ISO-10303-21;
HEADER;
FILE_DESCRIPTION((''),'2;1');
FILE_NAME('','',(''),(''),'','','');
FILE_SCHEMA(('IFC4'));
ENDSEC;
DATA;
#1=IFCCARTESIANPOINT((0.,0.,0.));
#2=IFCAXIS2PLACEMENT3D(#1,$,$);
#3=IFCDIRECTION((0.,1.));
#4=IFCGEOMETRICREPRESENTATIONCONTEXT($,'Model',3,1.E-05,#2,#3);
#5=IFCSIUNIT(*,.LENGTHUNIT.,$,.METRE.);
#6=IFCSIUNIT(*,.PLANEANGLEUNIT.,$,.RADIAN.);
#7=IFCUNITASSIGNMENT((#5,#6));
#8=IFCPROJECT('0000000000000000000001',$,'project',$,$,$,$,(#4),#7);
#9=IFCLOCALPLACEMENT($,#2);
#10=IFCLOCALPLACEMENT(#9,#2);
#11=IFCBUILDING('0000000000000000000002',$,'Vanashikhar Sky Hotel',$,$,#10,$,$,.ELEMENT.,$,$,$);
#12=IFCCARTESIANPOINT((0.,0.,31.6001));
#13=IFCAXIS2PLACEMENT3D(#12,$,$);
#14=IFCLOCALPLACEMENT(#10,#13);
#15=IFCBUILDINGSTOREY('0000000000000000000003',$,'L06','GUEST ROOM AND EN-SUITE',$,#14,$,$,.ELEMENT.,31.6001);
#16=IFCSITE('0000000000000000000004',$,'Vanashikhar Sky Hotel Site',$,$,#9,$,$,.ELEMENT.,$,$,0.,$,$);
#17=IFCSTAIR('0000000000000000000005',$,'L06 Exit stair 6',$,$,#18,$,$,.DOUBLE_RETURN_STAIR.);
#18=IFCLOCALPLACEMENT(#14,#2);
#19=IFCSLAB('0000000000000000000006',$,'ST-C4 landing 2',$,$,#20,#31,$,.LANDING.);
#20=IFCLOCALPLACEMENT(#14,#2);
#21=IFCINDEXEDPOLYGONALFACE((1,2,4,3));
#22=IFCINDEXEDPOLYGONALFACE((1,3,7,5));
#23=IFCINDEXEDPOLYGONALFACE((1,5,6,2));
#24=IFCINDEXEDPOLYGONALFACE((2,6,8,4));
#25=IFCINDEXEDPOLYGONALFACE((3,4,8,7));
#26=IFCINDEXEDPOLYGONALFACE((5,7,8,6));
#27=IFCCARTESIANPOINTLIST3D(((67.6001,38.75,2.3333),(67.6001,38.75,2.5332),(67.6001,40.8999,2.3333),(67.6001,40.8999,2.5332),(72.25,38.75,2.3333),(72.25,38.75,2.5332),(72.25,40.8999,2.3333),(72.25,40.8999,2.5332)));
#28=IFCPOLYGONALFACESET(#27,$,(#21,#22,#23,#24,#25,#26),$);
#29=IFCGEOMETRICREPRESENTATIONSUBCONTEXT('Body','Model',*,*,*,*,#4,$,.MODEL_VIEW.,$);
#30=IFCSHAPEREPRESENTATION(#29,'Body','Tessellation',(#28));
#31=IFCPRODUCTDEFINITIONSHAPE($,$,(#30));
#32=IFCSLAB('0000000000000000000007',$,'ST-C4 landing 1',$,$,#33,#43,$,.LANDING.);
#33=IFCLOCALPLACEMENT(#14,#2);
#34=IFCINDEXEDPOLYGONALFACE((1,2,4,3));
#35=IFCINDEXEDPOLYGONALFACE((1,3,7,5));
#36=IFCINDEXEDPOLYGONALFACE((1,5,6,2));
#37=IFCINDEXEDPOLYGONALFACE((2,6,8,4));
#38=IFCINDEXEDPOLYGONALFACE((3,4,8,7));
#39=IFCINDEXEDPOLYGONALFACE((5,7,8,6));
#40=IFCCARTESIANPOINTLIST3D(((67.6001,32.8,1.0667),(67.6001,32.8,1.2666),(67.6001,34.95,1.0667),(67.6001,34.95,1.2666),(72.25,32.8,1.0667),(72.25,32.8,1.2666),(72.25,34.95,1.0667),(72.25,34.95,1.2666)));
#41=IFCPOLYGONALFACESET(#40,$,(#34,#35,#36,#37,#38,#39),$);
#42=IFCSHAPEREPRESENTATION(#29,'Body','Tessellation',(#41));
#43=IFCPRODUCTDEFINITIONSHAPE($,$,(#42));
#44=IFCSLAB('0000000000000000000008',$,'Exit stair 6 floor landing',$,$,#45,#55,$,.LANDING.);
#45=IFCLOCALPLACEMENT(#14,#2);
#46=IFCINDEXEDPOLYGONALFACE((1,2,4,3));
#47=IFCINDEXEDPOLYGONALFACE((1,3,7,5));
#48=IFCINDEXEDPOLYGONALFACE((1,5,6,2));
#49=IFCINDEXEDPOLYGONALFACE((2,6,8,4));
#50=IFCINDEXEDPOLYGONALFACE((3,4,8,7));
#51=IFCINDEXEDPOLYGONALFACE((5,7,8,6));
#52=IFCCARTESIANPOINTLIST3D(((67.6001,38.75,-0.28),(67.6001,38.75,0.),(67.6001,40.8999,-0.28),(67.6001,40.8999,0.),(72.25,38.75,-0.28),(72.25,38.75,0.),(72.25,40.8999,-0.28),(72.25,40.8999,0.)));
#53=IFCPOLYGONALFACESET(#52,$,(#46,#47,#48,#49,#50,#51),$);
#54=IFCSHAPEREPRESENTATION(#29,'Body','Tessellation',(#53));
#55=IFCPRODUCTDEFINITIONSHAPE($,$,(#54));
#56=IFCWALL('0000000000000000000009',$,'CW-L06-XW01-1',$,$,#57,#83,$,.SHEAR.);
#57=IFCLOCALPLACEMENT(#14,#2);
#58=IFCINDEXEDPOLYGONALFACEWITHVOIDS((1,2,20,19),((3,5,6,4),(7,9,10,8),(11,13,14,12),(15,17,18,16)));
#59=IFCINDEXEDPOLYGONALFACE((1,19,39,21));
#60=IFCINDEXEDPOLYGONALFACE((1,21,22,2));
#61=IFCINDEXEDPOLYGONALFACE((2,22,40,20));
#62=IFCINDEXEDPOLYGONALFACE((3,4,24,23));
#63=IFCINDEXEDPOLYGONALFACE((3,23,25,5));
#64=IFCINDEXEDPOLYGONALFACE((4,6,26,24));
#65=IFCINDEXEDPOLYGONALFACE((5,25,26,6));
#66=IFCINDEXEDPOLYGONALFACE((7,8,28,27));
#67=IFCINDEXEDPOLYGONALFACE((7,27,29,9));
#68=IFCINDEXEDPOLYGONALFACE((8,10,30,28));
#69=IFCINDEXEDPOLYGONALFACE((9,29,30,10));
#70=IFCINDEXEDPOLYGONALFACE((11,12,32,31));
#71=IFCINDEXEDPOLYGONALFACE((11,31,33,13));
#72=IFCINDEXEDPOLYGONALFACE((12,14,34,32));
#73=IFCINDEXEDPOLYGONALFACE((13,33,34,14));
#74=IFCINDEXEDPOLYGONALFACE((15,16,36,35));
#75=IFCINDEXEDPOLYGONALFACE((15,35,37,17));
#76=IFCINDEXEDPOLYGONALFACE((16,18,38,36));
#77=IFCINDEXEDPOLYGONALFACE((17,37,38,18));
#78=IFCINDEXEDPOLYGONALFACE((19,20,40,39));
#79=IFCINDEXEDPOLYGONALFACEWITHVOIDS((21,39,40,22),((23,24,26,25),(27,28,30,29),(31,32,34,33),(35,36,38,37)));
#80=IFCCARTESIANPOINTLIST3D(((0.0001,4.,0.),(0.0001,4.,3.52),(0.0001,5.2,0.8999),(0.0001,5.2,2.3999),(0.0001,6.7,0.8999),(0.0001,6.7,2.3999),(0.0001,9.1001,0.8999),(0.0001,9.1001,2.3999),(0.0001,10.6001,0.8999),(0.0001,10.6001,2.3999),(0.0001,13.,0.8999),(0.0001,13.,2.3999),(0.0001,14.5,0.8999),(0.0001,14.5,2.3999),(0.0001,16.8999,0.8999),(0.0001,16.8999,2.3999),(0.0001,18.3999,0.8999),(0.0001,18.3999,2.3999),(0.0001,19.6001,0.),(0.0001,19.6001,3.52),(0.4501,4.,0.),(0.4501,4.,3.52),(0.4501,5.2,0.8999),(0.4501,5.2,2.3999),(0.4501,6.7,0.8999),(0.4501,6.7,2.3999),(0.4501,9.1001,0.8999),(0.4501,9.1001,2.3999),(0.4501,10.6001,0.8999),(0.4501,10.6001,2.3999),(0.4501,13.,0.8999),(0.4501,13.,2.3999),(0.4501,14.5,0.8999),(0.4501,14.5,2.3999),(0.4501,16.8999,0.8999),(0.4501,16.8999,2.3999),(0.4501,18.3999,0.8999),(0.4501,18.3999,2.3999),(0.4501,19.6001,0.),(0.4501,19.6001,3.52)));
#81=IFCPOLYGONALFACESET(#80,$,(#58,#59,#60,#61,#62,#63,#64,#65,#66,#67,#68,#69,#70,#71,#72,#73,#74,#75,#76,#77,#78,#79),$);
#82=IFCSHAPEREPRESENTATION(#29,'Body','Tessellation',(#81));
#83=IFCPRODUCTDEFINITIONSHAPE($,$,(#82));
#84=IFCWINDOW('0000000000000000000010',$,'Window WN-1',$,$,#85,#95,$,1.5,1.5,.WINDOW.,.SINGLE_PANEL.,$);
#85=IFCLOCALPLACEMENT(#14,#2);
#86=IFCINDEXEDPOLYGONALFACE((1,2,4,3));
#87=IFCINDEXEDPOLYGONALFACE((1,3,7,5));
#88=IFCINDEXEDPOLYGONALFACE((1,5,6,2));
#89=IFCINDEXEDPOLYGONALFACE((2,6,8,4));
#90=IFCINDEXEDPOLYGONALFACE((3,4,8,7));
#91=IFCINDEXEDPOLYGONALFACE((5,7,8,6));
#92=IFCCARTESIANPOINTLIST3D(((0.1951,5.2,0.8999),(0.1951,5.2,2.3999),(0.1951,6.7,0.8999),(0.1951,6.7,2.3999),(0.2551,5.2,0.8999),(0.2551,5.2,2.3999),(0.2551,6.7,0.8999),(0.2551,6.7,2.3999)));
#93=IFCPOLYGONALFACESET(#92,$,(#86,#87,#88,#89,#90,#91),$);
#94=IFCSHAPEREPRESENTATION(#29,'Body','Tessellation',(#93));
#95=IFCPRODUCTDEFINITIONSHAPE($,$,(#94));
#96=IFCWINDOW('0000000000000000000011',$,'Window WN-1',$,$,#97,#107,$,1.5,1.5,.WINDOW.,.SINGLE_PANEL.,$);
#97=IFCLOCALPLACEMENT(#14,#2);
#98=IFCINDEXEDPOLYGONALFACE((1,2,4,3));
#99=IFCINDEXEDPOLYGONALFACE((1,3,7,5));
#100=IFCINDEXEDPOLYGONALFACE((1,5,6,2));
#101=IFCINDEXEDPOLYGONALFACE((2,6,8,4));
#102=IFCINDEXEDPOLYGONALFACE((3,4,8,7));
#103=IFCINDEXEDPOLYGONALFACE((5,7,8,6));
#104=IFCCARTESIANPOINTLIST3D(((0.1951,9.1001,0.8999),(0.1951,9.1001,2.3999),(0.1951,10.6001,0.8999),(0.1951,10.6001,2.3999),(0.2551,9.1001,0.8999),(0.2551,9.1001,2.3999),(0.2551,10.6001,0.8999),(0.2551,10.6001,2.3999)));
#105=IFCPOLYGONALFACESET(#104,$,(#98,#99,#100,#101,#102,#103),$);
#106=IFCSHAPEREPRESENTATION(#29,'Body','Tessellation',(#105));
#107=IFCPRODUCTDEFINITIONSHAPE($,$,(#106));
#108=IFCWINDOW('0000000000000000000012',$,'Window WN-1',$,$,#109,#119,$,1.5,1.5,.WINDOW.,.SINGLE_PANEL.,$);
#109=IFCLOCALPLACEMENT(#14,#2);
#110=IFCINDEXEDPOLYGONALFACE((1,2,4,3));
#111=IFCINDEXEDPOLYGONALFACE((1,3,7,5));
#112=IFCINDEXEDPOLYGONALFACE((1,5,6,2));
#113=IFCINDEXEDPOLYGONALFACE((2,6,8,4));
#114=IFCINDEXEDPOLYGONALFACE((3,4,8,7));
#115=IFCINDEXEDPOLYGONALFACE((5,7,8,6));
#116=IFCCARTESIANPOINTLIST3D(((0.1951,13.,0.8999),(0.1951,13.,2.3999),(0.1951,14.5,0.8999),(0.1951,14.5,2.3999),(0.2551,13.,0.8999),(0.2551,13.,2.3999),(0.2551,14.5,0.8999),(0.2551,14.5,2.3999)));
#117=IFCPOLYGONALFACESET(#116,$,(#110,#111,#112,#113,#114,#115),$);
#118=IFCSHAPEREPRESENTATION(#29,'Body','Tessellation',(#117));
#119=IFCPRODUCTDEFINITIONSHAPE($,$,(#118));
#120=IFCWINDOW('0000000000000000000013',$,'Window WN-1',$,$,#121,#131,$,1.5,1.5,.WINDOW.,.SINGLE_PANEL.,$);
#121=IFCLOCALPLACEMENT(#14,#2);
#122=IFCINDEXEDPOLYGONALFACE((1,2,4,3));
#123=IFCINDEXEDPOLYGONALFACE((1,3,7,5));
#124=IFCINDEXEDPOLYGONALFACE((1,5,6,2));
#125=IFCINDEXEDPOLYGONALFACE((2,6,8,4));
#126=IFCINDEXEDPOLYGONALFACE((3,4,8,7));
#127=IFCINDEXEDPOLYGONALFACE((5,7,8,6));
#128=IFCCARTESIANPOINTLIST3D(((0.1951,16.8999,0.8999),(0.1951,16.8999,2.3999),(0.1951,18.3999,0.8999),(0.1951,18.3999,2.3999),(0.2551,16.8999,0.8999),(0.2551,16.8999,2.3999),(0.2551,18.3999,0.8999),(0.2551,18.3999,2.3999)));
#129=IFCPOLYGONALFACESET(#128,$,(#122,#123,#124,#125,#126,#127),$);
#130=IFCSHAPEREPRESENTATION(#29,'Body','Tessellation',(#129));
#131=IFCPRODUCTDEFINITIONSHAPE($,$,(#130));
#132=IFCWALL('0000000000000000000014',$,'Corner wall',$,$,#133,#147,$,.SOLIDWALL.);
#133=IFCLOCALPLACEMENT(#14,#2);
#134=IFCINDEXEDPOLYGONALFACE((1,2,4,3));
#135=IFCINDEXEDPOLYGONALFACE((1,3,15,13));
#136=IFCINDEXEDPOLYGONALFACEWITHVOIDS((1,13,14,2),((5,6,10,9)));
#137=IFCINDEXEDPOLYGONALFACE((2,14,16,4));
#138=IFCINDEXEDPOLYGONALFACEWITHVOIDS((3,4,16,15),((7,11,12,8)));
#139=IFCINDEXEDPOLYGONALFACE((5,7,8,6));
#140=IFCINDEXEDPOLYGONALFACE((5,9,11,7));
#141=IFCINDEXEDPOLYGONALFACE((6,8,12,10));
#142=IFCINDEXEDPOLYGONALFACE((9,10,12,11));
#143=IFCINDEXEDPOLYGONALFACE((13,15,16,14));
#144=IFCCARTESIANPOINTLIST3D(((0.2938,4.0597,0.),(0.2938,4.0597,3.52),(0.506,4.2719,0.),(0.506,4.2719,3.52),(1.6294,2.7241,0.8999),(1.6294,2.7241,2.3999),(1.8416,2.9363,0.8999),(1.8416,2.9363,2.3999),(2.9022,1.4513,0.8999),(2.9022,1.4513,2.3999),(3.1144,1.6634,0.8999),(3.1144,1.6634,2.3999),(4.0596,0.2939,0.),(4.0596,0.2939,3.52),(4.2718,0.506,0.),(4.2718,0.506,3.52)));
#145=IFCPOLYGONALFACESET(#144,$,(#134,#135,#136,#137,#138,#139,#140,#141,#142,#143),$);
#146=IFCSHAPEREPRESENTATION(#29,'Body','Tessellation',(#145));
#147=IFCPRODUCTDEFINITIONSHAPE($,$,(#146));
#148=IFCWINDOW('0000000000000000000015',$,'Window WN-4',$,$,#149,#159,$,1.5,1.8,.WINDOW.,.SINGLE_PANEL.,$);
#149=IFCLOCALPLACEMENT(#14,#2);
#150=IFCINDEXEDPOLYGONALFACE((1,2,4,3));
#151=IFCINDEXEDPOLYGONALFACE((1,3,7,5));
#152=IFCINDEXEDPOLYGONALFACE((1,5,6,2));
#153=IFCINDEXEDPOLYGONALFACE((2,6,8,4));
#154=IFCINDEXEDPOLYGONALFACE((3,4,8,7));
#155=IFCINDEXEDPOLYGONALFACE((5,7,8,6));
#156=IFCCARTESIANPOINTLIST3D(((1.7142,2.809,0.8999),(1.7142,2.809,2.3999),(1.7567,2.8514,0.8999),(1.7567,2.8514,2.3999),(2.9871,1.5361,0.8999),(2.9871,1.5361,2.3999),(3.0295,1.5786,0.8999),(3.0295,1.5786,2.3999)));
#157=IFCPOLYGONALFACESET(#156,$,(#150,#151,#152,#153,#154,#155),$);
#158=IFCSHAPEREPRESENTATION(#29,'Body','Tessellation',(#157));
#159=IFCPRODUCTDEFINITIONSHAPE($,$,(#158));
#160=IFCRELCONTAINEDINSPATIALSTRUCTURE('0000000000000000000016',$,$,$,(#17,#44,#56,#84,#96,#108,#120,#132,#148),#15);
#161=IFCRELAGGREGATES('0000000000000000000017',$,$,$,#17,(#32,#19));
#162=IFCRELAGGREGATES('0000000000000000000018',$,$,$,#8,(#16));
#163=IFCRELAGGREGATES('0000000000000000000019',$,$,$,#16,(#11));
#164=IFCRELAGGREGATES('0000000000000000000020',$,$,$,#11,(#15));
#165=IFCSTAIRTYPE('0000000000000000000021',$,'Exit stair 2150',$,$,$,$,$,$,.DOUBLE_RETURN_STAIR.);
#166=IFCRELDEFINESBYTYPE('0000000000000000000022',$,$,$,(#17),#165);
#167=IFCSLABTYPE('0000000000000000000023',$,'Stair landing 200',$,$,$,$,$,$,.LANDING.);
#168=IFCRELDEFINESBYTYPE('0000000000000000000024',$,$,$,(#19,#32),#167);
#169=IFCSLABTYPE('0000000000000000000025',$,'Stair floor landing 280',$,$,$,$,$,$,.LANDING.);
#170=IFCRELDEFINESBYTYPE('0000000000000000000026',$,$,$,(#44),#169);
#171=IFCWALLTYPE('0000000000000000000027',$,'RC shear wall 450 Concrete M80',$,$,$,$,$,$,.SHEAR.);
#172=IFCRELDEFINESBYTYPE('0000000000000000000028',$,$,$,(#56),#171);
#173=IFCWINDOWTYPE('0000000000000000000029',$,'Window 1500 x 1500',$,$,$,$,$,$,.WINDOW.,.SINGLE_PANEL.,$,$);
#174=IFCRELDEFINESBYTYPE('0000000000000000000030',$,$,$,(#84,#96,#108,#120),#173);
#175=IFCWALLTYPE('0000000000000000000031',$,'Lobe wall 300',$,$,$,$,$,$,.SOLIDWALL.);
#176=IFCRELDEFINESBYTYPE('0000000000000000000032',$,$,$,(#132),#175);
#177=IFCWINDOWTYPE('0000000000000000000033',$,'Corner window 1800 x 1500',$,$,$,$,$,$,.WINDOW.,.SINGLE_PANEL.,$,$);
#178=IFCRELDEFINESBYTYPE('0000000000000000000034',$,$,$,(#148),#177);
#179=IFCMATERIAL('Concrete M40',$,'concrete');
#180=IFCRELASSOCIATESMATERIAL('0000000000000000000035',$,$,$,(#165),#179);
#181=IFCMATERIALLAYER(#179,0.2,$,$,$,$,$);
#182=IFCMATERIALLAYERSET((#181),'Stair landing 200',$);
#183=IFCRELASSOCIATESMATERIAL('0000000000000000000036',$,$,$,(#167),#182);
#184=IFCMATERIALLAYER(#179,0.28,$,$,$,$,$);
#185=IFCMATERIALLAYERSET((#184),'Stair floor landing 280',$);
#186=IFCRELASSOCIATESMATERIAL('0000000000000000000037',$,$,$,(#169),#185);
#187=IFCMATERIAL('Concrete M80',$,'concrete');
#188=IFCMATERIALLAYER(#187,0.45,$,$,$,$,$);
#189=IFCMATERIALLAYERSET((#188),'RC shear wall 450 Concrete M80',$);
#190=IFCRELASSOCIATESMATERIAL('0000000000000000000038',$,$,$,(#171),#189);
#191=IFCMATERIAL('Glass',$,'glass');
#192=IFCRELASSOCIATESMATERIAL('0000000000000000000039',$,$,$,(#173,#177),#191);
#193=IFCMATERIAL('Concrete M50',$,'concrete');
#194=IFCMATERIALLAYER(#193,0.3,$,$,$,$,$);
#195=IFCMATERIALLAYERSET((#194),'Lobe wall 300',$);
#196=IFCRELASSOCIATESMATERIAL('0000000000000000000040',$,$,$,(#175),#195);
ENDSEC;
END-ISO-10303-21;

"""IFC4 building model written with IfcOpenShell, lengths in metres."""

from ifc_helpers import new_model, si_unit, direction, frame, frame_2d, origin, place, context, subcontext, project, spatial, polyline, rectangle, outline, extrude, source, transform, mapped, material, layer, layer_set, type_object, element, fill, aggregate, save


model = new_model("IFC4")

# Units and contexts
model_context = context("Model", 3, precision=1e-05, world=origin(), true_north=direction((0.0, 1.0)))
body_context = subcontext(model_context, "Body", "Model", "MODEL_VIEW")
ifc_project = project(units=[si_unit("LENGTHUNIT", "METRE"), si_unit("PLANEANGLEUNIT", "RADIAN")], contexts=[model_context])

# Site, building, storey
site_placement = place(None, origin())
site = spatial("IfcSite", under=ifc_project, at=site_placement, Name="Vanashikhar Sky Hotel Site", CompositionType="ELEMENT", RefElevation=0.0)
building_placement = place(site_placement, origin())
building = spatial("IfcBuilding", under=site, at=building_placement, Name="Vanashikhar Sky Hotel", CompositionType="ELEMENT")
storey_placement = place(building_placement, frame((0.0, 0.0, 31.6001)))
storey = spatial("IfcBuildingStorey", under=building, at=storey_placement, Name="L06", Description="GUEST ROOM AND EN-SUITE", CompositionType="ELEMENT", Elevation=31.6001)

# Shared definitions
ifc_material_1 = material(Name="Concrete M40", Category="concrete")

# Shared definitions
stair_type = type_object("IfcStairType", Name="Exit stair 2150", PredefinedType="DOUBLE_RETURN_STAIR", material=ifc_material_1)
ifc_layer_1 = layer(ifc_material_1, 0.2)
ifc_layer_set_1 = layer_set([ifc_layer_1], Name="Stair landing 200")
slab_type_1 = type_object("IfcSlabType", Name="Stair landing 200", PredefinedType="LANDING", material=ifc_layer_set_1)

# Shared definitions
ifc_layer_2 = layer(ifc_material_1, 0.28)
ifc_layer_set_2 = layer_set([ifc_layer_2], Name="Stair floor landing 280")
slab_type_2 = type_object("IfcSlabType", Name="Stair floor landing 280", PredefinedType="LANDING", material=ifc_layer_set_2)

# Stair, slabs
stair_1_placement = place(storey_placement, origin())
stair_1 = element("IfcStair", 1, at=stair_1_placement, inside=storey, type_object=stair_type, Name="L06 Exit stair 6", PredefinedType="DOUBLE_RETURN_STAIR")
shared_shape_1 = source(origin(), body_context, "Body", "SweptSolid", [
    extrude(outline(polyline([(72.25, 38.75), (72.25, 40.8999), (67.6001, 40.8999), (67.6001, 38.75), (72.25, 38.75)])), origin(), (0.0, 0.0, 1.0), 0.2),
])
slab_1_placement = place(storey_placement, frame((0.0, 0.0, 2.3333)))
slab_1 = element("IfcSlab", 2, at=slab_1_placement, type_object=slab_type_1, Name="ST-C4 landing 2", PredefinedType="LANDING", context=body_context, shape_type="MappedRepresentation", body=[
    mapped(shared_shape_1, transform((0.0, 0.0, 0.0), scale=1.0)),
])
shared_shape_2 = source(origin(), body_context, "Body", "SweptSolid", [
    extrude(outline(polyline([(72.25, 32.8), (72.25, 34.95), (67.6001, 34.95), (67.6001, 32.8), (72.25, 32.8)])), origin(), (0.0, 0.0, 1.0), 0.2),
])
slab_2_placement = place(storey_placement, frame((0.0, 0.0, 1.0667)))
slab_2 = element("IfcSlab", 3, at=slab_2_placement, type_object=slab_type_1, Name="ST-C4 landing 1", PredefinedType="LANDING", context=body_context, shape_type="MappedRepresentation", body=[
    mapped(shared_shape_2, transform((0.0, 0.0, 0.0), scale=1.0)),
])
aggregate(stair_1, [slab_2, slab_1])

# Slab
shared_shape_3 = source(origin(), body_context, "Body", "SweptSolid", [
    extrude(outline(polyline([(72.25, 38.75), (72.25, 40.8999), (67.6001, 40.8999), (67.6001, 38.75), (72.25, 38.75)])), origin(), (0.0, 0.0, 1.0), 0.28),
])
slab_3_placement = place(storey_placement, frame((0.0, 0.0, -0.28)))
element("IfcSlab", 4, at=slab_3_placement, inside=storey, type_object=slab_type_2, Name="Exit stair 6 floor landing", PredefinedType="LANDING", context=body_context, shape_type="MappedRepresentation", body=[
    mapped(shared_shape_3, transform((0.0, 0.0, 0.0), scale=1.0)),
])

# Wall, openings, windows
ifc_material_2 = material(Name="Concrete M80", Category="concrete")
ifc_layer_3 = layer(ifc_material_2, 0.45)
ifc_layer_set_3 = layer_set([ifc_layer_3], Name="RC shear wall 450 Concrete M80")
wall_type_1 = type_object("IfcWallType", Name="RC shear wall 450 Concrete M80", PredefinedType="SHEAR", material=ifc_layer_set_3)
shared_shape_4 = source(origin(), body_context, "Body", "SweptSolid", [
    extrude(rectangle(XDim=15.6001, YDim=0.45, at=frame_2d((7.8, 0.0))), origin(), (0.0, 0.0, 1.0), 3.52),
])
wall_1_placement = place(storey_placement, frame((0.2251, 4.0, 0.0), z_axis=(0.0, 0.0, 1.0), x_axis=(0.0, 1.0, 0.0)))
wall_1 = element("IfcWall", 5, at=wall_1_placement, inside=storey, type_object=wall_type_1, Name="CW-L06-XW01-1", PredefinedType="SHEAR", context=body_context, shape_type="MappedRepresentation", body=[
    mapped(shared_shape_4, transform((0.0, 0.0, 0.0), scale=1.0)),
])
shared_shape_5 = source(origin(), body_context, "Body", "SweptSolid", [
    extrude(rectangle(XDim=1.5, YDim=1.5, at=frame_2d((0.75, 0.75))), frame((0.0, 0.2349, 0.0), z_axis=(0.0, -1.0, 0.0), x_axis=(1.0, 0.0, 0.0)), (0.0, 0.0, 1.0), 0.47),
])
opening_1_placement = place(wall_1_placement, frame((1.2, 0.0, 0.8999)))
opening_1 = element("IfcOpeningElement", 6, at=opening_1_placement, cuts=wall_1, PredefinedType="OPENING", context=body_context, shape_type="MappedRepresentation", body=[
    mapped(shared_shape_5, transform((0.0, 0.0, 0.0), scale=1.0)),
])
opening_2_placement = place(wall_1_placement, frame((5.1001, 0.0, 0.8999)))
opening_2 = element("IfcOpeningElement", 7, at=opening_2_placement, cuts=wall_1, PredefinedType="OPENING", context=body_context, shape_type="MappedRepresentation", body=[
    mapped(shared_shape_5, transform((0.0, 0.0, 0.0), scale=1.0)),
])
opening_3_placement = place(wall_1_placement, frame((9.0, 0.0, 0.8999)))
opening_3 = element("IfcOpeningElement", 8, at=opening_3_placement, cuts=wall_1, PredefinedType="OPENING", context=body_context, shape_type="MappedRepresentation", body=[
    mapped(shared_shape_5, transform((0.0, 0.0, 0.0), scale=1.0)),
])
opening_4_placement = place(wall_1_placement, frame((12.8999, 0.0, 0.8999)))
opening_4 = element("IfcOpeningElement", 9, at=opening_4_placement, cuts=wall_1, PredefinedType="OPENING", context=body_context, shape_type="MappedRepresentation", body=[
    mapped(shared_shape_5, transform((0.0, 0.0, 0.0), scale=1.0)),
])
ifc_material_3 = material(Name="Glass", Category="glass")
window_type_1 = type_object("IfcWindowType", Name="Window 1500 x 1500", PartitioningType="SINGLE_PANEL", PredefinedType="WINDOW", material=ifc_material_3)
shared_shape_6 = source(origin(), body_context, "Body", "SweptSolid", [
    extrude(rectangle(XDim=1.5, YDim=1.5, at=frame_2d((0.75, 0.75))), frame((0.0, 0.03, 0.0), z_axis=(0.0, -1.0, 0.0), x_axis=(1.0, 0.0, 0.0)), (0.0, 0.0, 1.0), 0.0601),
])
window_1_placement = place(opening_1_placement, origin())
window_1 = element("IfcWindow", 10, at=window_1_placement, inside=storey, type_object=window_type_1, Name="Window WN-1", OverallHeight=1.5, OverallWidth=1.5, PartitioningType="SINGLE_PANEL", PredefinedType="WINDOW", context=body_context, shape_type="MappedRepresentation", body=[
    mapped(shared_shape_6, transform((0.0, 0.0, 0.0), scale=1.0)),
])
fill(opening_1, window_1)
window_2_placement = place(opening_2_placement, origin())
window_2 = element("IfcWindow", 11, at=window_2_placement, inside=storey, type_object=window_type_1, Name="Window WN-1", OverallHeight=1.5, OverallWidth=1.5, PartitioningType="SINGLE_PANEL", PredefinedType="WINDOW", context=body_context, shape_type="MappedRepresentation", body=[
    mapped(shared_shape_6, transform((0.0, 0.0, 0.0), scale=1.0)),
])
fill(opening_2, window_2)
window_3_placement = place(opening_3_placement, origin())
window_3 = element("IfcWindow", 12, at=window_3_placement, inside=storey, type_object=window_type_1, Name="Window WN-1", OverallHeight=1.5, OverallWidth=1.5, PartitioningType="SINGLE_PANEL", PredefinedType="WINDOW", context=body_context, shape_type="MappedRepresentation", body=[
    mapped(shared_shape_6, transform((0.0, 0.0, 0.0), scale=1.0)),
])
fill(opening_3, window_3)
window_4_placement = place(opening_4_placement, origin())
window_4 = element("IfcWindow", 13, at=window_4_placement, inside=storey, type_object=window_type_1, Name="Window WN-1", OverallHeight=1.5, OverallWidth=1.5, PartitioningType="SINGLE_PANEL", PredefinedType="WINDOW", context=body_context, shape_type="MappedRepresentation", body=[
    mapped(shared_shape_6, transform((0.0, 0.0, 0.0), scale=1.0)),
])
fill(opening_4, window_4)

# Wall, opening, window
ifc_material_4 = material(Name="Concrete M50", Category="concrete")
ifc_layer_4 = layer(ifc_material_4, 0.3)
ifc_layer_set_4 = layer_set([ifc_layer_4], Name="Lobe wall 300")
wall_type_2 = type_object("IfcWallType", Name="Lobe wall 300", PredefinedType="SOLIDWALL", material=ifc_layer_set_4)
shared_shape_7 = source(origin(), body_context, "Body", "SweptSolid", [
    extrude(rectangle(XDim=5.3257, YDim=0.3, at=frame_2d((2.6628, 0.0))), origin(), (0.0, 0.0, 1.0), 3.52),
])
wall_2_placement = place(storey_placement, frame((0.3999, 4.1658, 0.0), z_axis=(0.0, 0.0, 1.0), x_axis=(0.707107, -0.707107, 0.0)))
wall_2 = element("IfcWall", 14, at=wall_2_placement, inside=storey, type_object=wall_type_2, Name="Corner wall", PredefinedType="SOLIDWALL", context=body_context, shape_type="MappedRepresentation", body=[
    mapped(shared_shape_7, transform((0.0, 0.0, 0.0), scale=1.0)),
])
shared_shape_8 = source(origin(), body_context, "Body", "SweptSolid", [
    extrude(rectangle(XDim=1.8, YDim=1.5, at=frame_2d((0.8999, 0.75))), frame((0.0, 0.1602, 0.0), z_axis=(0.0, -1.0, 0.0), x_axis=(1.0, 0.0, 0.0)), (0.0, 0.0, 1.0), 0.3201),
])
opening_5_placement = place(wall_2_placement, frame((1.8889, 0.0, 0.8999)))
opening_5 = element("IfcOpeningElement", 15, at=opening_5_placement, cuts=wall_2, PredefinedType="OPENING", context=body_context, shape_type="MappedRepresentation", body=[
    mapped(shared_shape_8, transform((0.0, 0.0, 0.0), scale=1.0)),
])
window_type_2 = type_object("IfcWindowType", Name="Corner window 1800 x 1500", PartitioningType="SINGLE_PANEL", PredefinedType="WINDOW", material=ifc_material_3)
shared_shape_9 = source(origin(), body_context, "Body", "SweptSolid", [
    extrude(rectangle(XDim=1.8, YDim=1.5, at=frame_2d((0.8999, 0.75))), frame((0.0, 0.03, 0.0), z_axis=(0.0, -1.0, 0.0), x_axis=(1.0, 0.0, 0.0)), (0.0, 0.0, 1.0), 0.0601),
])
window_5_placement = place(opening_5_placement, origin())
window_5 = element("IfcWindow", 16, at=window_5_placement, inside=storey, type_object=window_type_2, Name="Window WN-4", OverallHeight=1.5, OverallWidth=1.8, PartitioningType="SINGLE_PANEL", PredefinedType="WINDOW", context=body_context, shape_type="MappedRepresentation", body=[
    mapped(shared_shape_9, transform((0.0, 0.0, 0.0), scale=1.0)),
])
fill(opening_5, window_5)

save(model, "model.ifc")
